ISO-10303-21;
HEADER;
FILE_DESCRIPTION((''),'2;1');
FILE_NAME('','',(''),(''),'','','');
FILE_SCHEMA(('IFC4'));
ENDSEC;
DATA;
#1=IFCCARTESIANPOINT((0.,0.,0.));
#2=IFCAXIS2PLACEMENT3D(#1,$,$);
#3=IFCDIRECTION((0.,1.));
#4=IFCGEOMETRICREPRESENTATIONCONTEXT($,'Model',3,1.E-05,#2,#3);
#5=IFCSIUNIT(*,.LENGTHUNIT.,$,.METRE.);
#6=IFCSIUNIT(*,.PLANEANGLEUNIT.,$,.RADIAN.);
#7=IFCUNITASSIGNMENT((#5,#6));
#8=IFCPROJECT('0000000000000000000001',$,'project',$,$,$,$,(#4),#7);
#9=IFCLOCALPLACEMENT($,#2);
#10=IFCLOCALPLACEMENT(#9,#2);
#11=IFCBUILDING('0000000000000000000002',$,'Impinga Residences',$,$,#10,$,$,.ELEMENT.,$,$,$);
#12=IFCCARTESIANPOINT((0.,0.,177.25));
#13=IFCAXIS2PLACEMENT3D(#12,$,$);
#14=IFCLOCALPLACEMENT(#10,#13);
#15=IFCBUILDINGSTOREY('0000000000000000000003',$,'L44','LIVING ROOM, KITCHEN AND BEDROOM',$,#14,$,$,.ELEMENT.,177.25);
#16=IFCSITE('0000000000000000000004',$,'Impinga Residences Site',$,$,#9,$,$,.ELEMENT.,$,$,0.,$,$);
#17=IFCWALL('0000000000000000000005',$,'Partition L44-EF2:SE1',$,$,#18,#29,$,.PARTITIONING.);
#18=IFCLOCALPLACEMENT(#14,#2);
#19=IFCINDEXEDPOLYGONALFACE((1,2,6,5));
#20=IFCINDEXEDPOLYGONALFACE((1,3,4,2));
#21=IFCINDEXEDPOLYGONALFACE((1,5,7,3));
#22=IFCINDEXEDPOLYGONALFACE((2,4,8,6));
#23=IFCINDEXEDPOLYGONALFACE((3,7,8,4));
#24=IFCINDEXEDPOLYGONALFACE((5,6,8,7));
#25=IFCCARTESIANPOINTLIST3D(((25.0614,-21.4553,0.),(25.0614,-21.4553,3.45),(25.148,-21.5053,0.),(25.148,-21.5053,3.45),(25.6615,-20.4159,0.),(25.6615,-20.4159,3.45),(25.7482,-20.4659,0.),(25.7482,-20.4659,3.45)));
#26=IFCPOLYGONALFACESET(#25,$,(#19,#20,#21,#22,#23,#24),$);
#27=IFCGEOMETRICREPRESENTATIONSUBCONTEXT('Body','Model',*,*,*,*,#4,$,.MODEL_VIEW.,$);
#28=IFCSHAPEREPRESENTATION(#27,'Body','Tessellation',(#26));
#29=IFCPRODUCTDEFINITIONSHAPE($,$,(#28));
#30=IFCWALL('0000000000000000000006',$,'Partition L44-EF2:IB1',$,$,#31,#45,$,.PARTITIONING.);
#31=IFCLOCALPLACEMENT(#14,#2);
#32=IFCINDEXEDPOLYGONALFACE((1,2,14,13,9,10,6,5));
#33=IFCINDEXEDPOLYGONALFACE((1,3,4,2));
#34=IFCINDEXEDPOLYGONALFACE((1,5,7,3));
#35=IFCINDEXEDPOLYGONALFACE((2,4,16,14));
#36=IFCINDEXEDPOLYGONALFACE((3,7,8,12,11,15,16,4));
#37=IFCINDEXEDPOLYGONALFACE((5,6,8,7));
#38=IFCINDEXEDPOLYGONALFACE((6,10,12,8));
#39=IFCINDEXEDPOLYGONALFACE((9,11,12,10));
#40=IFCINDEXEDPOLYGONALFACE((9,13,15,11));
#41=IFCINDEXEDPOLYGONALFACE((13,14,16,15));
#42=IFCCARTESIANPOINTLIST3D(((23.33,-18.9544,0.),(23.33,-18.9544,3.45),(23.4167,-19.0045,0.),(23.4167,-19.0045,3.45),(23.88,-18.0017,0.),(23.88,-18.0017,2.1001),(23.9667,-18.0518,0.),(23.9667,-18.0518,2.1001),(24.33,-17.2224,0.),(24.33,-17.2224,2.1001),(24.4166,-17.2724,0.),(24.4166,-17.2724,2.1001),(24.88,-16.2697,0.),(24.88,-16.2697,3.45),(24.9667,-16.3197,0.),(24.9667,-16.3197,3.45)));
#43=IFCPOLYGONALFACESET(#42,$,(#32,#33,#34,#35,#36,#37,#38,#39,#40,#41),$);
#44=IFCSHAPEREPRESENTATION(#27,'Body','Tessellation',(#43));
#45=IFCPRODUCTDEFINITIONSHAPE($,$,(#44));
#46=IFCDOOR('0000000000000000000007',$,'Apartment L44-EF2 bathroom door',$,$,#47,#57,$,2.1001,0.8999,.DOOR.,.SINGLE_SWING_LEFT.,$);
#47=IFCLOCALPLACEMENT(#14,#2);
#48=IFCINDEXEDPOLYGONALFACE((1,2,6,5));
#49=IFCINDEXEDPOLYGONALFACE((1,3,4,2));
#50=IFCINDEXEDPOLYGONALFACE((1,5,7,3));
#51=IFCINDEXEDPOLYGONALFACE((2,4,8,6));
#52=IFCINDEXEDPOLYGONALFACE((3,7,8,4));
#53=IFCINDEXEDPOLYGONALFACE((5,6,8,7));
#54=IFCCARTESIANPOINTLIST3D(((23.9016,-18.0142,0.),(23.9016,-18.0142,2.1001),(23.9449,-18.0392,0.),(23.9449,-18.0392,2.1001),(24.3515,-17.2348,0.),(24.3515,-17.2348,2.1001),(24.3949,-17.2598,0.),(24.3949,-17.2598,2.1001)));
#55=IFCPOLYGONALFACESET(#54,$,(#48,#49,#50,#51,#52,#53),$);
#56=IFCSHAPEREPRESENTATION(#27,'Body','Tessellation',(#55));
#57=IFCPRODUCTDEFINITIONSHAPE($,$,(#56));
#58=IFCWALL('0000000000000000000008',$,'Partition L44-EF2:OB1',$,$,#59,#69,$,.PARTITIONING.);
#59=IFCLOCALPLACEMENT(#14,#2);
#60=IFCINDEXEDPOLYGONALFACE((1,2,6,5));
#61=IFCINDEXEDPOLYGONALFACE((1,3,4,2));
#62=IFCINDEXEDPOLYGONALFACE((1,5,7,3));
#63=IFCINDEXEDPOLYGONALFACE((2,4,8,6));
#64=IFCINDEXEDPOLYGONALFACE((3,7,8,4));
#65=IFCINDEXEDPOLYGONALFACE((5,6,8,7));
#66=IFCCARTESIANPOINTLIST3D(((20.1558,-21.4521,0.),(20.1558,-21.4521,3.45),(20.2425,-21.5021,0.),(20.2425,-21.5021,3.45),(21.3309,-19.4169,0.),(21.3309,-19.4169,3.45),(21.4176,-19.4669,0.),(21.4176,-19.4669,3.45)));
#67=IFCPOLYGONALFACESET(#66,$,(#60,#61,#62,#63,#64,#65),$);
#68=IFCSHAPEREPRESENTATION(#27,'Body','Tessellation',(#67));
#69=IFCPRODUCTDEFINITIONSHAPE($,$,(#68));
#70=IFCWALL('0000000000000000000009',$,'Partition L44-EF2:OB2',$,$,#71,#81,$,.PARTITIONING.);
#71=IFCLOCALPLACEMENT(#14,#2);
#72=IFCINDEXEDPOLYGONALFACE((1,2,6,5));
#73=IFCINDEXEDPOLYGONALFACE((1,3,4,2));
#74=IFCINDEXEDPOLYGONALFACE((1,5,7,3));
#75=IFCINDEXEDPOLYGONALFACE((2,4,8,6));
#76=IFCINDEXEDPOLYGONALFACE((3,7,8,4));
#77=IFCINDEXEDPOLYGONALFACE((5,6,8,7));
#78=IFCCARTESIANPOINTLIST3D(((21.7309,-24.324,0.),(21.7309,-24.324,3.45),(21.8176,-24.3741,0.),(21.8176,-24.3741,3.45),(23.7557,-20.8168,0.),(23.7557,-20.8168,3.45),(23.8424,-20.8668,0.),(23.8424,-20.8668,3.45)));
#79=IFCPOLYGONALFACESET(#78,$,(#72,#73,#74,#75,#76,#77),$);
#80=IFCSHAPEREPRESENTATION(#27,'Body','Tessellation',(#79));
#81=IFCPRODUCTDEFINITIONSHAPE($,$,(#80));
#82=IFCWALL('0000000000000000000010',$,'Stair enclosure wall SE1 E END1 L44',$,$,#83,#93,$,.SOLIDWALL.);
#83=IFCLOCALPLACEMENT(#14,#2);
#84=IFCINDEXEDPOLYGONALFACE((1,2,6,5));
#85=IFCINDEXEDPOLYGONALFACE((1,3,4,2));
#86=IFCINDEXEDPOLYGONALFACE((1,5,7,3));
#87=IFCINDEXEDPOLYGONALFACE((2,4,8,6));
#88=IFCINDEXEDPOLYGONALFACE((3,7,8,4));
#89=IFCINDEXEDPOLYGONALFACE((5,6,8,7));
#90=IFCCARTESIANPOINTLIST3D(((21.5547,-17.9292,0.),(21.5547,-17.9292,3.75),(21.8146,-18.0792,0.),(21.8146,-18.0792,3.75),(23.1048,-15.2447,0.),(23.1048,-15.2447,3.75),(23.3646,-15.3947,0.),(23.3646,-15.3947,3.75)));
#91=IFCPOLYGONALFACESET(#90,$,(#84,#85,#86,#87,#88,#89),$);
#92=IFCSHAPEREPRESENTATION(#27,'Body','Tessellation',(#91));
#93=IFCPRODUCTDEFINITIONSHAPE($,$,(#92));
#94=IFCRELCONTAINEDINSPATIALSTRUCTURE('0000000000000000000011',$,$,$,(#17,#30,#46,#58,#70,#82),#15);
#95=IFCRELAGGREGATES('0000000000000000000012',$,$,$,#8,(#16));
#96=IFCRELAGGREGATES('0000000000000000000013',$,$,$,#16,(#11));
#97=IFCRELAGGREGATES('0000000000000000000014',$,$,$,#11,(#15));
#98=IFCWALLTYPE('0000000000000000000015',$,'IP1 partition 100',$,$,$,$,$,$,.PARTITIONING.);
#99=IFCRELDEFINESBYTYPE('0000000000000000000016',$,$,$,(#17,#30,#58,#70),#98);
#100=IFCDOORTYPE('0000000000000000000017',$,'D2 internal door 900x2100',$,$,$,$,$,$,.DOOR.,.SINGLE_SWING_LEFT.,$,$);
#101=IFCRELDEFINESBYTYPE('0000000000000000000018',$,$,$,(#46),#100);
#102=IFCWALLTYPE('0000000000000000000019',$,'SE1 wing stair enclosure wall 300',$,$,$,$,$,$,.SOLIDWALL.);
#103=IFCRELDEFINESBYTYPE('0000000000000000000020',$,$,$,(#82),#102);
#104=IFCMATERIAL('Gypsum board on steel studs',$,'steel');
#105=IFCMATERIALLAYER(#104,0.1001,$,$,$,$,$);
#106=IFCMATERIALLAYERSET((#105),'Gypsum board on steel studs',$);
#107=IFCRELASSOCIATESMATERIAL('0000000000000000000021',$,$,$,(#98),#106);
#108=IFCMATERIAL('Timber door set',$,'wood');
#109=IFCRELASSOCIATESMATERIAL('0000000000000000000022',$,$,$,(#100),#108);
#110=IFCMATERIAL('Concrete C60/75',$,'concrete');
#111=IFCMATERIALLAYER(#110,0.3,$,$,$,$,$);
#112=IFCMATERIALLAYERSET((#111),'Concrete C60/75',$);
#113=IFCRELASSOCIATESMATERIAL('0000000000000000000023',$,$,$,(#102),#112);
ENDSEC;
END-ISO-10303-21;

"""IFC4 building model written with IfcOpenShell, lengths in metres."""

from ifc_helpers import new_model, si_unit, direction, frame, frame_2d, origin, place, context, subcontext, project, spatial, rectangle, extrude, material, layer, layer_set, type_object, element, fill, save


model = new_model("IFC4")

# Units and contexts
model_context = context("Model", 3, precision=1e-05, world=origin(), true_north=direction((0.0, 1.0)))
body_context = subcontext(model_context, "Body", "Model", "MODEL_VIEW")
ifc_project = project(units=[si_unit("LENGTHUNIT", "METRE"), si_unit("PLANEANGLEUNIT", "RADIAN")], contexts=[model_context])

# Site, building, storey
site_placement = place(None, origin())
site = spatial("IfcSite", under=ifc_project, at=site_placement, Name="Impinga Residences Site", CompositionType="ELEMENT", RefElevation=0.0)
building_placement = place(site_placement, origin())
building = spatial("IfcBuilding", under=site, at=building_placement, Name="Impinga Residences", CompositionType="ELEMENT")
storey_placement = place(building_placement, frame((0.0, 0.0, 177.25)))
storey = spatial("IfcBuildingStorey", under=building, at=storey_placement, Name="L44", Description="LIVING ROOM, KITCHEN AND BEDROOM", CompositionType="ELEMENT", Elevation=177.25)

# Wall
ifc_material_1 = material(Name="Gypsum board on steel studs", Category="steel")
ifc_layer_1 = layer(ifc_material_1, 0.1001)
ifc_layer_set_1 = layer_set([ifc_layer_1], Name="Gypsum board on steel studs")
wall_type_1 = type_object("IfcWallType", Name="IP1 partition 100", PredefinedType="PARTITIONING", material=ifc_layer_set_1)
wall_1_placement = place(storey_placement, frame((25.7048, -20.4409, 0.0), z_axis=(0.0, 0.0, 1.0), x_axis=(-0.500034, -0.866006, 0.0)))
element("IfcWall", 1, at=wall_1_placement, inside=storey, type_object=wall_type_1, Name="Partition L44-EF2:SE1", PredefinedType="PARTITIONING", context=body_context, shape_type="SweptSolid", body=[
    extrude(rectangle(XDim=1.2002, YDim=0.1001, at=frame_2d((0.6001, 0.0))), origin(), (0.0, 0.0, 1.0), 3.45),
])

# Wall, opening, door
wall_2_placement = place(storey_placement, frame((24.9233, -16.2947, 0.0), z_axis=(0.0, 0.0, 1.0), x_axis=(-0.499993, -0.86603, 0.0)))
wall_2 = element("IfcWall", 2, at=wall_2_placement, inside=storey, type_object=wall_type_1, Name="Partition L44-EF2:IB1", PredefinedType="PARTITIONING", context=body_context, shape_type="SweptSolid", body=[
    extrude(rectangle(XDim=3.1001, YDim=0.1001, at=frame_2d((1.55, 0.0))), origin(), (0.0, 0.0, 1.0), 3.45),
])
opening_1_placement = place(wall_2_placement, frame((1.1001, 0.0, 0.0)))
opening_1 = element("IfcOpeningElement", 3, at=opening_1_placement, cuts=wall_2, PredefinedType="OPENING", context=body_context, shape_type="SweptSolid", body=[
    extrude(rectangle(XDim=0.8999, YDim=2.1001, at=frame_2d((0.45, 1.05))), frame((0.0, 0.0601, 0.0), z_axis=(0.0, -1.0, 0.0), x_axis=(1.0, 0.0, 0.0)), (0.0, 0.0, 1.0), 0.1201),
])
ifc_material_2 = material(Name="Timber door set", Category="wood")
door_type = type_object("IfcDoorType", Name="D2 internal door 900x2100", OperationType="SINGLE_SWING_LEFT", PredefinedType="DOOR", material=ifc_material_2)
door_placement = place(opening_1_placement, origin())
door = element("IfcDoor", 4, at=door_placement, inside=storey, type_object=door_type, Name="Apartment L44-EF2 bathroom door", OperationType="SINGLE_SWING_LEFT", OverallHeight=2.1001, OverallWidth=0.8999, PredefinedType="DOOR", context=body_context, shape_type="SweptSolid", body=[
    extrude(rectangle(XDim=0.8999, YDim=2.1001, at=frame_2d((0.45, 1.05))), frame((0.0, 0.0249, 0.0), z_axis=(0.0, -1.0, 0.0), x_axis=(1.0, 0.0, 0.0)), (0.0, 0.0, 1.0), 0.05),
])
fill(opening_1, door)

# Walls
wall_3_placement = place(storey_placement, frame((21.3743, -19.4419, 0.0), z_axis=(0.0, 0.0, 1.0), x_axis=(-0.500016, -0.866016, 0.0)))
element("IfcWall", 5, at=wall_3_placement, inside=storey, type_object=wall_type_1, Name="Partition L44-EF2:OB1", PredefinedType="PARTITIONING", context=body_context, shape_type="SweptSolid", body=[
    extrude(rectangle(XDim=2.3501, YDim=0.1001, at=frame_2d((1.175, 0.0))), origin(), (0.0, 0.0, 1.0), 3.45),
])
wall_4_placement = place(storey_placement, frame((23.7991, -20.8418, 0.0), z_axis=(0.0, 0.0, 1.0), x_axis=(-0.49999, -0.866031, 0.0)))
element("IfcWall", 6, at=wall_4_placement, inside=storey, type_object=wall_type_1, Name="Partition L44-EF2:OB2", PredefinedType="PARTITIONING", context=body_context, shape_type="SweptSolid", body=[
    extrude(rectangle(XDim=4.0498, YDim=0.1001, at=frame_2d((2.0249, 0.0))), origin(), (0.0, 0.0, 1.0), 3.45),
])
ifc_material_3 = material(Name="Concrete C60/75", Category="concrete")
ifc_layer_2 = layer(ifc_material_3, 0.3)
ifc_layer_set_2 = layer_set([ifc_layer_2], Name="Concrete C60/75")
wall_type_2 = type_object("IfcWallType", Name="SE1 wing stair enclosure wall 300", PredefinedType="SOLIDWALL", material=ifc_layer_set_2)
wall_5_placement = place(storey_placement, frame((23.2346, -15.3198, 0.0), z_axis=(0.0, 0.0, 1.0), x_axis=(-0.500027, -0.86601, 0.0)))
element("IfcWall", 7, at=wall_5_placement, inside=storey, type_object=wall_type_2, Name="Stair enclosure wall SE1 E END1 L44", PredefinedType="SOLIDWALL", context=body_context, shape_type="SweptSolid", body=[
    extrude(rectangle(XDim=3.0999, YDim=0.3, at=frame_2d((1.5498, 0.0))), origin(), (0.0, 0.0, 1.0), 3.75),
])

save(model, "model.ifc")
